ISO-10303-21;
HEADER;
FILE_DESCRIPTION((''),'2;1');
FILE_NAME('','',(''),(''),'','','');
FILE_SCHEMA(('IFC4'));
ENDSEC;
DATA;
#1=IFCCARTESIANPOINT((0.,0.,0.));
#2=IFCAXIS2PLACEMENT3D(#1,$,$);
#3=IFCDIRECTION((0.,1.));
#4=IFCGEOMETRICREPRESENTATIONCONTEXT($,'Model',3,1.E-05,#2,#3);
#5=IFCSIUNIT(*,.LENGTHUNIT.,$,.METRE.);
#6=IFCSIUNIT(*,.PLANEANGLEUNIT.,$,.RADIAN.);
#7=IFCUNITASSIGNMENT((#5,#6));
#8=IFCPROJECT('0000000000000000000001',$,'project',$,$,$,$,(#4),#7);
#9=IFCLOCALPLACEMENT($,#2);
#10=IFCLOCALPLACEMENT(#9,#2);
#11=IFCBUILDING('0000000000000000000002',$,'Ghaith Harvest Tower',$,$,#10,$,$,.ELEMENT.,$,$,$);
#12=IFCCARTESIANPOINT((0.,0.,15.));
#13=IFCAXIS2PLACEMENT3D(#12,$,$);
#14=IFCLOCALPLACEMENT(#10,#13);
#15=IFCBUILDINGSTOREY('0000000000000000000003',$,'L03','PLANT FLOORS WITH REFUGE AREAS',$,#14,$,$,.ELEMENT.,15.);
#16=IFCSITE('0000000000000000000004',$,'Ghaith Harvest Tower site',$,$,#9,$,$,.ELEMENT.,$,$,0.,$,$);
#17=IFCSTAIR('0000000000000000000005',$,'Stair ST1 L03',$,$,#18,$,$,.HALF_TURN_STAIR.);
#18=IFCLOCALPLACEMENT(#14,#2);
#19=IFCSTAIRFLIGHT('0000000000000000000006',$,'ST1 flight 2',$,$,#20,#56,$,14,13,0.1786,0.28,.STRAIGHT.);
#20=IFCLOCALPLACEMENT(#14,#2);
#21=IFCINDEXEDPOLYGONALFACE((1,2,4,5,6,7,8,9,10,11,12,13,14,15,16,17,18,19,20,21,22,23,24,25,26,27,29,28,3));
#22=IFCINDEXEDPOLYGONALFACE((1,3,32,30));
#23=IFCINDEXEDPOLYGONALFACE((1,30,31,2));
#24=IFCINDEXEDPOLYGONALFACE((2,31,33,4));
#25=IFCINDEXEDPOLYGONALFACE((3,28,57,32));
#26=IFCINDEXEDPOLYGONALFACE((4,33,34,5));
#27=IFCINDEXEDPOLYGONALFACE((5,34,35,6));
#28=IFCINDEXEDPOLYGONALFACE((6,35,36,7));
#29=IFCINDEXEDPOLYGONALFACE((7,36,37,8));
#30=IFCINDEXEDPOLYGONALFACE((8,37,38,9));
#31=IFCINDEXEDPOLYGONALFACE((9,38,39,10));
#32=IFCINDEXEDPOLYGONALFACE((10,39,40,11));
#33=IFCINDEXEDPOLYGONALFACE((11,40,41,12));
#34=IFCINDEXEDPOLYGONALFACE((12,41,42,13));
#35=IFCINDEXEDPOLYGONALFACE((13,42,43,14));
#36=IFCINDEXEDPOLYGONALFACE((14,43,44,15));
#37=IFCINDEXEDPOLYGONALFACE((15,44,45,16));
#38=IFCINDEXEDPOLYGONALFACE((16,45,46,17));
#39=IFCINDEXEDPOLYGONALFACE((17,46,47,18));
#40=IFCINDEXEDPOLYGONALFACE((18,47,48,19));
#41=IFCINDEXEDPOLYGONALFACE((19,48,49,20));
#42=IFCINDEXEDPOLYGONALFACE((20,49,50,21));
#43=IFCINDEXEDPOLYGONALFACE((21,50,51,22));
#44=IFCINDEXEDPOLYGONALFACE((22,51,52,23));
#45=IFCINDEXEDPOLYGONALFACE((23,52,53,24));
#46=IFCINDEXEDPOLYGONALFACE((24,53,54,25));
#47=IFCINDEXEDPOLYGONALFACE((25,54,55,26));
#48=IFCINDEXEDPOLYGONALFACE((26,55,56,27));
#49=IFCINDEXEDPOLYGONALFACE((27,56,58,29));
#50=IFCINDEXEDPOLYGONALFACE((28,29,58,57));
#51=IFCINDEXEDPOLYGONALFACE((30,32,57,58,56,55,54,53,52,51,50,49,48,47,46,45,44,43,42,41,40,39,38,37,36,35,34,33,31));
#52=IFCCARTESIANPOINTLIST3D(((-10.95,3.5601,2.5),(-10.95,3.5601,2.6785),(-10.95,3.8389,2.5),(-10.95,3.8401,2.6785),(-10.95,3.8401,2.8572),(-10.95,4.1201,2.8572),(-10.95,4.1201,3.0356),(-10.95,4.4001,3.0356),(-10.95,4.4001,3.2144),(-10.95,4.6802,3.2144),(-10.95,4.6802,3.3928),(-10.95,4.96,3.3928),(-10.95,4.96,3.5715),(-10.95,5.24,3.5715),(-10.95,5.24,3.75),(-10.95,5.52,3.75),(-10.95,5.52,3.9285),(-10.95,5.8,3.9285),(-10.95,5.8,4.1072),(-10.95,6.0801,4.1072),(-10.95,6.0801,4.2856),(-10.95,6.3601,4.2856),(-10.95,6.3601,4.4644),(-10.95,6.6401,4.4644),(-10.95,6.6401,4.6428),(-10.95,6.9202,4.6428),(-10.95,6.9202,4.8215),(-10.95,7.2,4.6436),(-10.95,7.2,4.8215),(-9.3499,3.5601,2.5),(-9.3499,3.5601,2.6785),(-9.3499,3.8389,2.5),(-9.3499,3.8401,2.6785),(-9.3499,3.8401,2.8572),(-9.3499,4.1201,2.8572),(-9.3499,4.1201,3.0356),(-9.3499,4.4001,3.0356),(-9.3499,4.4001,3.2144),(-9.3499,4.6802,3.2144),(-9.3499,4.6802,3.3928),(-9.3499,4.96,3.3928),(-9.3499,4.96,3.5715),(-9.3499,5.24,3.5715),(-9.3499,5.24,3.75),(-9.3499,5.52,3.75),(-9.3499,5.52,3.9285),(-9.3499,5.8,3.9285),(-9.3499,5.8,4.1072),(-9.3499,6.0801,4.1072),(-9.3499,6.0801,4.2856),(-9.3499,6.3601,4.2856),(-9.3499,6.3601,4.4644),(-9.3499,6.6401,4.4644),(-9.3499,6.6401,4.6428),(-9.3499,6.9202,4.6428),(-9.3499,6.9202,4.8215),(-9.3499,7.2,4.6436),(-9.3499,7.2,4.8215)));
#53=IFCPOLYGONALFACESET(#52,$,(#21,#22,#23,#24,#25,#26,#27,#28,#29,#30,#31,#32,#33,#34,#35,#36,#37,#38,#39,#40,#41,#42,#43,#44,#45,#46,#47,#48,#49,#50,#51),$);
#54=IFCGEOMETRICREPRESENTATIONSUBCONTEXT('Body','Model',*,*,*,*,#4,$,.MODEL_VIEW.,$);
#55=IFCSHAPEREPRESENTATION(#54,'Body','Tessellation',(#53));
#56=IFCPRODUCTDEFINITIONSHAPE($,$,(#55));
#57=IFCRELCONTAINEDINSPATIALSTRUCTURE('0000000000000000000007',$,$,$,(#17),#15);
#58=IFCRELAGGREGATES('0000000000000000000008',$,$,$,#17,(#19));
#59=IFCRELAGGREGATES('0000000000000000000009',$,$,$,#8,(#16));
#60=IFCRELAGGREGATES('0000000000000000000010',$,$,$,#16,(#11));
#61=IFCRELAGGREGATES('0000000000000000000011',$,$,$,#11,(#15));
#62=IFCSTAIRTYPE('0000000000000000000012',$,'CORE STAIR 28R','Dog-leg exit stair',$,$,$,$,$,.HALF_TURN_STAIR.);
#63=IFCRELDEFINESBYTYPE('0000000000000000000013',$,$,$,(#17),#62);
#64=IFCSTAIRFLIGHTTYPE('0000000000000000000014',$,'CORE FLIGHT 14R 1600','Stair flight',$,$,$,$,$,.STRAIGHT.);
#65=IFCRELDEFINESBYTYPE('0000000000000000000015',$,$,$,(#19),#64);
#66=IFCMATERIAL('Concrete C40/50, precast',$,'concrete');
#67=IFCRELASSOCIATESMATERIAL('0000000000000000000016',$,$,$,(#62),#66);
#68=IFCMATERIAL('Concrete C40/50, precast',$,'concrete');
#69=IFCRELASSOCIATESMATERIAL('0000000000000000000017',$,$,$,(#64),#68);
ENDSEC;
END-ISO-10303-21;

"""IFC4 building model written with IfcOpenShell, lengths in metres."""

from ifc_helpers import new_model, si_unit, direction, frame, origin, place, context, subcontext, project, spatial, polyline, outline, extrude, material, type_object, element, aggregate, save


model = new_model("IFC4")

# Units and contexts
model_context = context("Model", 3, precision=1e-05, world=origin(), true_north=direction((0.0, 1.0)))
body_context = subcontext(model_context, "Body", "Model", "MODEL_VIEW")
ifc_project = project(units=[si_unit("LENGTHUNIT", "METRE"), si_unit("PLANEANGLEUNIT", "RADIAN")], contexts=[model_context])

# Site, building, storey
site_placement = place(None, origin())
site = spatial("IfcSite", under=ifc_project, at=site_placement, Name="Ghaith Harvest Tower site", CompositionType="ELEMENT", RefElevation=0.0)
building_placement = place(site_placement, origin())
building = spatial("IfcBuilding", under=site, at=building_placement, Name="Ghaith Harvest Tower", CompositionType="ELEMENT")
storey_placement = place(building_placement, frame((0.0, 0.0, 15.0)))
storey = spatial("IfcBuildingStorey", under=building, at=storey_placement, Name="L03", Description="PLANT FLOORS WITH REFUGE AREAS", CompositionType="ELEMENT", Elevation=15.0)

# Stair, stair flight
ifc_material_1 = material(Name="Concrete C40/50, precast", Category="concrete")
stair_type = type_object("IfcStairType", Name="CORE STAIR 28R", Description="Dog-leg exit stair", PredefinedType="HALF_TURN_STAIR", material=ifc_material_1)
stair_placement = place(storey_placement, origin())
stair = element("IfcStair", 1, at=stair_placement, inside=storey, type_object=stair_type, Name="Stair ST1 L03", PredefinedType="HALF_TURN_STAIR")
ifc_material_2 = material(Name="Concrete C40/50, precast", Category="concrete")
stair_flight_type = type_object("IfcStairFlightType", Name="CORE FLIGHT 14R 1600", Description="Stair flight", PredefinedType="STRAIGHT", material=ifc_material_2)
stair_flight_placement = place(storey_placement, frame((-10.1499, 3.5601, 2.5), z_axis=(0.0, 0.0, 1.0), x_axis=(0.0, 1.0, 0.0)))
stair_flight = element("IfcStairFlight", 2, at=stair_flight_placement, type_object=stair_flight_type, Name="ST1 flight 2", NumberOfRisers=14, NumberOfTreads=13, PredefinedType="STRAIGHT", RiserHeight=0.1786, TreadLength=0.28, context=body_context, shape_type="SweptSolid", body=[
    extrude(outline(polyline([(0.0, 0.0), (0.0, 0.1785), (0.28, 0.1785), (0.28, 0.3572), (0.5601, 0.3572), (0.5601, 0.5356), (0.8401, 0.5356), (0.8401, 0.7144), (1.1201, 0.7144), (1.1201, 0.8928), (1.3999, 0.8928), (1.3999, 1.0715), (1.6799, 1.0715), (1.6799, 1.25), (1.96, 1.25), (1.96, 1.4285), (2.24, 1.4285), (2.24, 1.6072), (2.52, 1.6072), (2.52, 1.7856), (2.8, 1.7856), (2.8, 1.9644), (3.0801, 1.9644), (3.0801, 2.1428), (3.3601, 2.1428), (3.3601, 2.3215), (3.6399, 2.3215), (3.6399, 2.5), (3.6399, 2.1436), (0.2788, 0.0), (0.0, 0.0)])), frame((0.0, 0.8, 0.0), z_axis=(0.0, -1.0, 0.0), x_axis=(1.0, 0.0, 0.0)), (0.0, 0.0, 1.0), 1.6001),
])
aggregate(stair, [stair_flight])

save(model, "model.ifc")
